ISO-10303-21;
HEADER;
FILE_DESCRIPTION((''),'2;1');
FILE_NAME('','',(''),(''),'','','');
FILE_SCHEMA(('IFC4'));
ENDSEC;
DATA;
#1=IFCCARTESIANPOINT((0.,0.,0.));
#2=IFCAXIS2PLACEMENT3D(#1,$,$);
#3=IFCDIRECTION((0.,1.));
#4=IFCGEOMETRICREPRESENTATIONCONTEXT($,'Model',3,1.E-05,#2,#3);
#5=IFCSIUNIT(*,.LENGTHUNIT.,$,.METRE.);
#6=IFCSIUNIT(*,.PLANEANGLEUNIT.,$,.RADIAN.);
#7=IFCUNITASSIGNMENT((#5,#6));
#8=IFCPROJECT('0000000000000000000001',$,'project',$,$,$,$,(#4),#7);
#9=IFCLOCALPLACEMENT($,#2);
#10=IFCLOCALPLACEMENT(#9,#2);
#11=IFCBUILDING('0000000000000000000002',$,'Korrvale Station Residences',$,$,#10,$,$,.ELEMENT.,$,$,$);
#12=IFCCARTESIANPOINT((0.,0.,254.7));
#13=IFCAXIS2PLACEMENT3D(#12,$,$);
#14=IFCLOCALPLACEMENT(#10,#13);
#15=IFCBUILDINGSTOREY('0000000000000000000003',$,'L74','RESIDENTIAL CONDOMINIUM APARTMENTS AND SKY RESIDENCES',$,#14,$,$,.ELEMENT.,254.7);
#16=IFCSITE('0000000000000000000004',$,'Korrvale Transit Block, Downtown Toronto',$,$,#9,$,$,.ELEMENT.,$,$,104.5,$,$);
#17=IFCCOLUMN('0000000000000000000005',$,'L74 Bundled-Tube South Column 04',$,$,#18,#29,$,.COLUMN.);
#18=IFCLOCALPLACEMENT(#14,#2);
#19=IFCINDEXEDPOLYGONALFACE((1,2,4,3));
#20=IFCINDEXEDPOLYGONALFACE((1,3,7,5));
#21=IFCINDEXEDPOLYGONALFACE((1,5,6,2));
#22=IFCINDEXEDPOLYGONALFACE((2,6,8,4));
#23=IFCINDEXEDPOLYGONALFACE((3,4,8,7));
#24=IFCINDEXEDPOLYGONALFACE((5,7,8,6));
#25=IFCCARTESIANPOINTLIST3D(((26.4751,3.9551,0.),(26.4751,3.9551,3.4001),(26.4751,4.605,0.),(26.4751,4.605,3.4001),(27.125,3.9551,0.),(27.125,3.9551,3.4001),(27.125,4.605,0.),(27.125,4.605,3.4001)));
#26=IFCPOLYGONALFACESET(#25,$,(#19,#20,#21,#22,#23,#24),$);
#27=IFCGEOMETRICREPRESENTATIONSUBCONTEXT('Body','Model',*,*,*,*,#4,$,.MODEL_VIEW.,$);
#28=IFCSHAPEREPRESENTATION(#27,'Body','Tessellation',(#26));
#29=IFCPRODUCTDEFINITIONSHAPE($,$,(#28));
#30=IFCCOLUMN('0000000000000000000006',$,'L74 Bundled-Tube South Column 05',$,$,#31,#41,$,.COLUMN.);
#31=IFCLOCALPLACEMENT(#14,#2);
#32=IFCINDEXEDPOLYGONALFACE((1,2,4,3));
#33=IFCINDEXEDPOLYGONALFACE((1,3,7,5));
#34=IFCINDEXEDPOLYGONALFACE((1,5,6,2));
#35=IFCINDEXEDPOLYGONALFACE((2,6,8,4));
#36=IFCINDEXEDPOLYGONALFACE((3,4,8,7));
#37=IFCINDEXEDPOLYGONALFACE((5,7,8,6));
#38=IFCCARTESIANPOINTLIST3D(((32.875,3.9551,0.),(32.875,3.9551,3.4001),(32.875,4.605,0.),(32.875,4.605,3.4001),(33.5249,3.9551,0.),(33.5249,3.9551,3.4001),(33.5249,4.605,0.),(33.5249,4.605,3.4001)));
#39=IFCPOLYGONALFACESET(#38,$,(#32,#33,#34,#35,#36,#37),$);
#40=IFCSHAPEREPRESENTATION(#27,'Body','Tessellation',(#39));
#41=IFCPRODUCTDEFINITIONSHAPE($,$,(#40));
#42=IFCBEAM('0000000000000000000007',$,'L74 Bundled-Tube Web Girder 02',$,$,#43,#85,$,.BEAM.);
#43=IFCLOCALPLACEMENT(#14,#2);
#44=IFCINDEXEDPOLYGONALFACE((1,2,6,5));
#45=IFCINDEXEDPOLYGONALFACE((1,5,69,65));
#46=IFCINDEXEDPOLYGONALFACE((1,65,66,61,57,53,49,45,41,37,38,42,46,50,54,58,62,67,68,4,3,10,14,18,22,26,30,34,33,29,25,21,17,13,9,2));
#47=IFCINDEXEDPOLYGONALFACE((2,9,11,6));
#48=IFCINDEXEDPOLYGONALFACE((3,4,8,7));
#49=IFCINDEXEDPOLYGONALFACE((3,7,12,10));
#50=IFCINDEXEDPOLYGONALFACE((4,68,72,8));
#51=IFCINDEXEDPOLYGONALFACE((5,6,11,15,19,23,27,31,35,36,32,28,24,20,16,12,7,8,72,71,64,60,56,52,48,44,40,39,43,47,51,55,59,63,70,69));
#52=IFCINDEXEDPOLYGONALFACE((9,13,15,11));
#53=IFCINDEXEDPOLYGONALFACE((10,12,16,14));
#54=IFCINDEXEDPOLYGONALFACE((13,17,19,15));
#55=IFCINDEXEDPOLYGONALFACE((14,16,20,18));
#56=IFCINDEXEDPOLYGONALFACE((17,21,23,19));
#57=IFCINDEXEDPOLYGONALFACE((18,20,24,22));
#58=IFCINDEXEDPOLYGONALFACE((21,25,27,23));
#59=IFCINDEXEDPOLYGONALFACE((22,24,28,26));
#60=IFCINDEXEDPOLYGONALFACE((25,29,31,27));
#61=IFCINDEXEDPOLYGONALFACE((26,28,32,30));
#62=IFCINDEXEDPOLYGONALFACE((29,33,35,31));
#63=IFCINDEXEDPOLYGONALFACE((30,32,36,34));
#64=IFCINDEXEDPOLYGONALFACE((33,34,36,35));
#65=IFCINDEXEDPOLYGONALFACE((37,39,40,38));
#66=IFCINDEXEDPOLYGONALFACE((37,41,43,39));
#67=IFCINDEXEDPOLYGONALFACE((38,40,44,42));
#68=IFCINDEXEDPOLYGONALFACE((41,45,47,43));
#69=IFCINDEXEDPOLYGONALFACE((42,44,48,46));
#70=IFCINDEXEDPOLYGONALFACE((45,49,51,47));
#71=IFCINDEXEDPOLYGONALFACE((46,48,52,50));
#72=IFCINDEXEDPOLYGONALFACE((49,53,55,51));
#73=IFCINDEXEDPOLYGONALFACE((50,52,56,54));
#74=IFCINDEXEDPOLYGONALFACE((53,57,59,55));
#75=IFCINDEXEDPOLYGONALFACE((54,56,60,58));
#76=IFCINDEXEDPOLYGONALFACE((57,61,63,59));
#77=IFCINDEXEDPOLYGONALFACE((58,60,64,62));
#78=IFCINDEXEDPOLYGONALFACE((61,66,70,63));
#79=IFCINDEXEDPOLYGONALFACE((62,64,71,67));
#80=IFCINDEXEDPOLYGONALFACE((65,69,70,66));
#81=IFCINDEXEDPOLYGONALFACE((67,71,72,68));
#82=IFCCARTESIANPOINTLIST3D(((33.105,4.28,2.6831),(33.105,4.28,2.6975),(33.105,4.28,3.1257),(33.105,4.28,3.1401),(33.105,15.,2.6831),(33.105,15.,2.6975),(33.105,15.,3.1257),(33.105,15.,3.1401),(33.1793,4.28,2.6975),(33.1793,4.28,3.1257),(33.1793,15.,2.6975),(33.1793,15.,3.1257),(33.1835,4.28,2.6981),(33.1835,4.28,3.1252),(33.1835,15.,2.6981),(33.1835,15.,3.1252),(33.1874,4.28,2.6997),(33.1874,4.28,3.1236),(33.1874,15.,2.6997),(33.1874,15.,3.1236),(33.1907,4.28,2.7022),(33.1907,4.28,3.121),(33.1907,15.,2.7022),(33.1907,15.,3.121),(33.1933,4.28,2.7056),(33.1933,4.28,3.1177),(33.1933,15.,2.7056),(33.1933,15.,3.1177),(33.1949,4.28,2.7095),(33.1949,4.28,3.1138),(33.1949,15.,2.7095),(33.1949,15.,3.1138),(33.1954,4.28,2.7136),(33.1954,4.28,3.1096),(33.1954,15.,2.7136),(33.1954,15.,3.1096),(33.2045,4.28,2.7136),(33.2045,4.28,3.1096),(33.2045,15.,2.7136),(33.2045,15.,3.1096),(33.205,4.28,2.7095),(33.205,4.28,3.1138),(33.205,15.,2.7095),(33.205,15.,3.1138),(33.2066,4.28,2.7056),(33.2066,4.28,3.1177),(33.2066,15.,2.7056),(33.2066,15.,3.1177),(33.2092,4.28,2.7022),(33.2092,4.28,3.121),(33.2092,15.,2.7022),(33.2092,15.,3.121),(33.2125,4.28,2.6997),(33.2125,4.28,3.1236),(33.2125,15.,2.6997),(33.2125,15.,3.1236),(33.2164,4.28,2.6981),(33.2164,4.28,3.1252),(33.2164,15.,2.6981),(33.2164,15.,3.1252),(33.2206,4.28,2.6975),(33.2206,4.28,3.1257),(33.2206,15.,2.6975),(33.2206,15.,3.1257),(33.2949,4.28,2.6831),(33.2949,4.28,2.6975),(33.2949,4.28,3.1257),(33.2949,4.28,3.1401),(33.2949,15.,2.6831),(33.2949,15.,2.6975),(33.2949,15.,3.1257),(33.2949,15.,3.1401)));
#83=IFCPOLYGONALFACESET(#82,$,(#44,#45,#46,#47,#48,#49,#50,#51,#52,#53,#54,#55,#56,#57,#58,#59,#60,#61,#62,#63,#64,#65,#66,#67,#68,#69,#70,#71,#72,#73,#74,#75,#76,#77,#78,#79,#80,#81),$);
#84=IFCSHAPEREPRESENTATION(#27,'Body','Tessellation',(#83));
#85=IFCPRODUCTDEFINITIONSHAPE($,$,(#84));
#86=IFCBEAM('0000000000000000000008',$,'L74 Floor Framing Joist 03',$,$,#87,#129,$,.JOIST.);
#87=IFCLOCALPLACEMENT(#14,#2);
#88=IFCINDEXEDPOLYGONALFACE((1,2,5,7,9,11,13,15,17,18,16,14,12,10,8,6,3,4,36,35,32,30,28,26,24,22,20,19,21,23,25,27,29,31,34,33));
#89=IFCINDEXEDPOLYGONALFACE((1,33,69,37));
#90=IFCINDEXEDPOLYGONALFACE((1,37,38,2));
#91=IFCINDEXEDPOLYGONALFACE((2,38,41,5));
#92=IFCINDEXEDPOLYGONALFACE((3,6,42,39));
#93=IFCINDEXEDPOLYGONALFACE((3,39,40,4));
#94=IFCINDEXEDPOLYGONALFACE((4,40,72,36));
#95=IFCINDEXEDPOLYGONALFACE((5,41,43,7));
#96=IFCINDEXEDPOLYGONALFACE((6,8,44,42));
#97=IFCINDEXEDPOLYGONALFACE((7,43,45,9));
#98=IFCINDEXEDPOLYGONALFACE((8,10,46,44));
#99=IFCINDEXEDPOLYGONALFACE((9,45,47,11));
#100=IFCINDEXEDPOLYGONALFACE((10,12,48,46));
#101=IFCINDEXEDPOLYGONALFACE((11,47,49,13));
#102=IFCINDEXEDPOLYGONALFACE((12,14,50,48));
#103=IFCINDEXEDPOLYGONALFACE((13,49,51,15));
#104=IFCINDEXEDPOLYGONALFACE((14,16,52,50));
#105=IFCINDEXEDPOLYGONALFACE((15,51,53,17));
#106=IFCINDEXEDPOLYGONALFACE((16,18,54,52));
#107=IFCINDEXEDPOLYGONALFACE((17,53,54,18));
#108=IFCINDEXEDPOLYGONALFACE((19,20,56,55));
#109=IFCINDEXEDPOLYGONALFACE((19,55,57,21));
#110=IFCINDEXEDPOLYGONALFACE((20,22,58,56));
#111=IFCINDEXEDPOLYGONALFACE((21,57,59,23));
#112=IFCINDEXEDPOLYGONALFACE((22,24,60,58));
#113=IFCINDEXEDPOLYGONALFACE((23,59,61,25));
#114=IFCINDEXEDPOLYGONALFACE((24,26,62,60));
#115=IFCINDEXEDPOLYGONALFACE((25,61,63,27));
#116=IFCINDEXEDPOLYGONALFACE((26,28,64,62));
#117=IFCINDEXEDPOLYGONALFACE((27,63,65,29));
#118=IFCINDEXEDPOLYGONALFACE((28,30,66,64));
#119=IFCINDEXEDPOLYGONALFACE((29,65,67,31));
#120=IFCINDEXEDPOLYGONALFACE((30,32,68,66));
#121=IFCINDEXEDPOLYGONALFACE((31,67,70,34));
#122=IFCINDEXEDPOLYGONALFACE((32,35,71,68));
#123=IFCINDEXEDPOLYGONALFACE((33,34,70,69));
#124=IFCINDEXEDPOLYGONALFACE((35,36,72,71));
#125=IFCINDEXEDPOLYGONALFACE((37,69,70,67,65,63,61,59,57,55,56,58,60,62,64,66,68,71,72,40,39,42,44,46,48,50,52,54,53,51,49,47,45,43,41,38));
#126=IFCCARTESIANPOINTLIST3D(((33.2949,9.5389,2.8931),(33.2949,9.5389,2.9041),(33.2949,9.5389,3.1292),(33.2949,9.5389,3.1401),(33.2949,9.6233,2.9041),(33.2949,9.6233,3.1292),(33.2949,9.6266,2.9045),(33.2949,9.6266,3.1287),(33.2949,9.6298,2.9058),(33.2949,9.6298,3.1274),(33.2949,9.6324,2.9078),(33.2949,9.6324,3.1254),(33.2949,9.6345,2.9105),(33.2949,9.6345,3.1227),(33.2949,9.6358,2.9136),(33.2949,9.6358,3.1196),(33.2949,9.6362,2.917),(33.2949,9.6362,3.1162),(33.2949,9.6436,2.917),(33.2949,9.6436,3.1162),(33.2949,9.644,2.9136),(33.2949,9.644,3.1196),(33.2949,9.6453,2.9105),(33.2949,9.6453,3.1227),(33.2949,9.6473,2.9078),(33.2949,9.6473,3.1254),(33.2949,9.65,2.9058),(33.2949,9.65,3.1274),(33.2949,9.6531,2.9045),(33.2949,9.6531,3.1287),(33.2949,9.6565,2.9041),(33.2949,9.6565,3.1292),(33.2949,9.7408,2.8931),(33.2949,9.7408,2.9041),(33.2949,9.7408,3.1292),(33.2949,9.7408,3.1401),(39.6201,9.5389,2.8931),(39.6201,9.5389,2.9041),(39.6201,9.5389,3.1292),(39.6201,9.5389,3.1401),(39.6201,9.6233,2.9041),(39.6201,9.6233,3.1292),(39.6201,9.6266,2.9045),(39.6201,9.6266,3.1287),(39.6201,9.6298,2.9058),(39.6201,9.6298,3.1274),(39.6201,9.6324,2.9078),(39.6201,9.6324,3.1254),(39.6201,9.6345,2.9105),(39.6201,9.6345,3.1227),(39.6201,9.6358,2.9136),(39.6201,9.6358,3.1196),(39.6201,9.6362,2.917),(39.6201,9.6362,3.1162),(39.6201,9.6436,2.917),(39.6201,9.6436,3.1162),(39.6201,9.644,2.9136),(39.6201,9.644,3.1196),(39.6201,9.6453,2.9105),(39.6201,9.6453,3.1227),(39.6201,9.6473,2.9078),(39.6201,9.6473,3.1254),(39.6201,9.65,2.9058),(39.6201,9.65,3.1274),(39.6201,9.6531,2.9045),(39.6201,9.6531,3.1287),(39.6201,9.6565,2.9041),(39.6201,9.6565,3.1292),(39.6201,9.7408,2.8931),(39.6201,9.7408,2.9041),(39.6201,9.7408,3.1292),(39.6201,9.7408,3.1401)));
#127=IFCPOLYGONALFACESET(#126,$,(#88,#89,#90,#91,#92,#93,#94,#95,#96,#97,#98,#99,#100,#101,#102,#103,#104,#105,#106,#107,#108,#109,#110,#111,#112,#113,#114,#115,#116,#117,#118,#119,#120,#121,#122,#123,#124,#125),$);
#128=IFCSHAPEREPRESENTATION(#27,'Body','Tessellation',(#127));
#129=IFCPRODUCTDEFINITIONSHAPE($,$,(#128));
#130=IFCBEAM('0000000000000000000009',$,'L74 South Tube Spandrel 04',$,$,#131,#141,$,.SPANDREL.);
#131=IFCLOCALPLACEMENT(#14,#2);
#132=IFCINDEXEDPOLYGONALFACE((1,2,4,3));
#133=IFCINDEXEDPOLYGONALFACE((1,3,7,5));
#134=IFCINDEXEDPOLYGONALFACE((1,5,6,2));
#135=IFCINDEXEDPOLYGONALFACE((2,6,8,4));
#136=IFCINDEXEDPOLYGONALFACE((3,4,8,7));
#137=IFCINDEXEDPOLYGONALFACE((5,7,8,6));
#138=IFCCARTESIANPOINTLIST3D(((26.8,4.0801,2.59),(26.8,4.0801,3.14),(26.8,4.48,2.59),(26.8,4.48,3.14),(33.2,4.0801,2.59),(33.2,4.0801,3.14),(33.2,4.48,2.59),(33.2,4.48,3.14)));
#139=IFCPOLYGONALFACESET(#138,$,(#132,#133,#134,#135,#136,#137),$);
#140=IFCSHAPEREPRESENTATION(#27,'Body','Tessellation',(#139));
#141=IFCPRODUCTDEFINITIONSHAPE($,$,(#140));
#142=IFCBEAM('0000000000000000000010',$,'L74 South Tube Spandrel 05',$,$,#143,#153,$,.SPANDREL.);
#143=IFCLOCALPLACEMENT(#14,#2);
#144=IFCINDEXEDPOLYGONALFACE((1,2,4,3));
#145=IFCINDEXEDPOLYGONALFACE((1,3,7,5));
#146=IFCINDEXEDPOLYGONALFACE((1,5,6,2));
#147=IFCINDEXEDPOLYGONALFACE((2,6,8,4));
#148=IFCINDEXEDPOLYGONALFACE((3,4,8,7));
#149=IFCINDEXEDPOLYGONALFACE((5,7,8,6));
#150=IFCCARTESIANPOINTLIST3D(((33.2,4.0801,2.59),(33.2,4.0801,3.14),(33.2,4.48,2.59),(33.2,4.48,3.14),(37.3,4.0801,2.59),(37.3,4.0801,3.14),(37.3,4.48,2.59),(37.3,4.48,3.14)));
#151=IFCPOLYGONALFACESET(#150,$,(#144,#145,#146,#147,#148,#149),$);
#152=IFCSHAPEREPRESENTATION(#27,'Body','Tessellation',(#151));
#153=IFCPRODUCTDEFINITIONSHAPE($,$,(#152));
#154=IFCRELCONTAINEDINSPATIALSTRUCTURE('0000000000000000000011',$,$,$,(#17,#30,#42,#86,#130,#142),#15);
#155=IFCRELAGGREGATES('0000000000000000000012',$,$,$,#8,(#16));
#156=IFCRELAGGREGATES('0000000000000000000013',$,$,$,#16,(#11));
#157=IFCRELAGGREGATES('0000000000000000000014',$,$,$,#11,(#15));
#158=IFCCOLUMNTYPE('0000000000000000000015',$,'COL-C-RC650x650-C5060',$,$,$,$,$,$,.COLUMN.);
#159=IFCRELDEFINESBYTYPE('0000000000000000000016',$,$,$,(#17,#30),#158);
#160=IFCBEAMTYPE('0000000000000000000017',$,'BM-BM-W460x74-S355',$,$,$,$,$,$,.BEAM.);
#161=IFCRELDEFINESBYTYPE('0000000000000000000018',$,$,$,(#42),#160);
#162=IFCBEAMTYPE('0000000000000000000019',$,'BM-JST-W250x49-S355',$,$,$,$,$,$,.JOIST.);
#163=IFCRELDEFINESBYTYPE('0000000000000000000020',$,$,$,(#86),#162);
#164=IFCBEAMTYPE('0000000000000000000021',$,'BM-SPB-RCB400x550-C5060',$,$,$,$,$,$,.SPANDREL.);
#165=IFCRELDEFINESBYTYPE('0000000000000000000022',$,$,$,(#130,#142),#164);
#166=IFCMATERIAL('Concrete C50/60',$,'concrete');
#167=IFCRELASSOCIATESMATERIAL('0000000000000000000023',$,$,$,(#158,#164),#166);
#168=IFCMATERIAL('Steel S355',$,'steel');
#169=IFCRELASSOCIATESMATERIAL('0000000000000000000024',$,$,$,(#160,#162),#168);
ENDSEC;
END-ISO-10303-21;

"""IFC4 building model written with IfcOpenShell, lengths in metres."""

from ifc_helpers import new_model, si_unit, direction, frame, origin, origin_2d, place, context, subcontext, project, spatial, rectangle, i_section, extrude, material, material_profile, profile_set, type_object, element, save


model = new_model("IFC4")

# Units and contexts
model_context = context("Model", 3, precision=1e-05, world=origin(), true_north=direction((0.0, 1.0)))
body_context = subcontext(model_context, "Body", "Model", "MODEL_VIEW")
ifc_project = project(units=[si_unit("LENGTHUNIT", "METRE"), si_unit("PLANEANGLEUNIT", "RADIAN")], contexts=[model_context])

# Site, building, storey
site_placement = place(None, origin())
site = spatial("IfcSite", under=ifc_project, at=site_placement, Name="Korrvale Transit Block, Downtown Toronto", CompositionType="ELEMENT", RefElevation=104.5)
building_placement = place(site_placement, origin())
building = spatial("IfcBuilding", under=site, at=building_placement, Name="Korrvale Station Residences", CompositionType="ELEMENT")
storey_placement = place(building_placement, frame((0.0, 0.0, 254.7)))
storey = spatial("IfcBuildingStorey", under=building, at=storey_placement, Name="L74", Description="RESIDENTIAL CONDOMINIUM APARTMENTS AND SKY RESIDENCES", CompositionType="ELEMENT", Elevation=254.7)

# Columns
ifc_material_1 = material(Name="Concrete C50/60", Category="concrete")
ifc_material_profile_1 = material_profile(ifc_material_1, rectangle(XDim=0.6499, YDim=0.6499, at=origin_2d()), Name="RC650x650")
ifc_profile_set_1 = profile_set([ifc_material_profile_1], Name="Concrete C50/60")
column_type = type_object("IfcColumnType", Name="COL-C-RC650x650-C5060", PredefinedType="COLUMN", material=ifc_profile_set_1)
for number, where, z_axis, x_axis, name in (
    (1, (26.8, 4.28, 0.0), (0.0, 0.0, 1.0), (1.0, 0.0, 0.0), "L74 Bundled-Tube South Column 04"),
    (2, (33.2, 4.28, 0.0), (0.0, 0.0, 1.0), (1.0, 0.0, 0.0), "L74 Bundled-Tube South Column 05"),
):
    element("IfcColumn", number, at=place(storey_placement, frame(where, z_axis=z_axis, x_axis=x_axis)), inside=storey, type_object=column_type, Name=name, PredefinedType="COLUMN", context=body_context, shape_type="SweptSolid", body=[
        extrude(rectangle(XDim=0.6499, YDim=0.6499, at=origin_2d()), origin(), (0.0, 0.0, 1.0), 3.4001),
    ])

# Beams
ifc_material_2 = material(Name="Steel S355", Category="steel")
ifc_material_profile_2 = material_profile(ifc_material_2, i_section(OverallWidth=0.1899, OverallDepth=0.457, WebThickness=0.009, FlangeThickness=0.0144, FilletRadius=0.0161, at=origin_2d()), Name="W460x74")
ifc_profile_set_2 = profile_set([ifc_material_profile_2], Name="Steel S355")
beam_type_1 = type_object("IfcBeamType", Name="BM-BM-W460x74-S355", PredefinedType="BEAM", material=ifc_profile_set_2)
beam_1_placement = place(storey_placement, frame((33.2, 4.28, 2.9116), z_axis=(0.0, 1.0, 0.0), x_axis=(-1.0, 0.0, 0.0)))
element("IfcBeam", 3, at=beam_1_placement, inside=storey, type_object=beam_type_1, Name="L74 Bundled-Tube Web Girder 02", PredefinedType="BEAM", context=body_context, shape_type="SweptSolid", body=[
    extrude(i_section(OverallWidth=0.1899, OverallDepth=0.457, WebThickness=0.009, FlangeThickness=0.0144, FilletRadius=0.0161, at=origin_2d()), origin(), (0.0, 0.0, 1.0), 10.72),
])
ifc_material_profile_3 = material_profile(ifc_material_2, i_section(OverallWidth=0.2019, OverallDepth=0.2471, WebThickness=0.0073, FlangeThickness=0.011, FilletRadius=0.0129, at=origin_2d()), Name="W250x49")
ifc_profile_set_3 = profile_set([ifc_material_profile_3], Name="Steel S355")
beam_type_2 = type_object("IfcBeamType", Name="BM-JST-W250x49-S355", PredefinedType="JOIST", material=ifc_profile_set_3)
beam_2_placement = place(storey_placement, frame((33.2949, 9.6399, 3.0166), z_axis=(1.0, 0.0, 0.0), x_axis=(0.0, 1.0, 0.0)))
element("IfcBeam", 4, at=beam_2_placement, inside=storey, type_object=beam_type_2, Name="L74 Floor Framing Joist 03", PredefinedType="JOIST", context=body_context, shape_type="SweptSolid", body=[
    extrude(i_section(OverallWidth=0.2019, OverallDepth=0.2471, WebThickness=0.0073, FlangeThickness=0.011, FilletRadius=0.0129, at=origin_2d()), origin(), (0.0, 0.0, 1.0), 6.3252),
])
ifc_material_profile_4 = material_profile(ifc_material_1, rectangle(XDim=0.3999, YDim=0.55, at=origin_2d()), Name="RCB400x550")
ifc_profile_set_4 = profile_set([ifc_material_profile_4], Name="Concrete C50/60")
beam_type_3 = type_object("IfcBeamType", Name="BM-SPB-RCB400x550-C5060", PredefinedType="SPANDREL", material=ifc_profile_set_4)
beam_3_placement = place(storey_placement, frame((26.8, 4.28, 2.865), z_axis=(1.0, 0.0, 0.0), x_axis=(0.0, 1.0, 0.0)))
element("IfcBeam", 5, at=beam_3_placement, inside=storey, type_object=beam_type_3, Name="L74 South Tube Spandrel 04", PredefinedType="SPANDREL", context=body_context, shape_type="SweptSolid", body=[
    extrude(rectangle(XDim=0.3999, YDim=0.55, at=origin_2d()), origin(), (0.0, 0.0, 1.0), 6.3999),
])
beam_4_placement = place(storey_placement, frame((33.2, 4.28, 2.865), z_axis=(1.0, 0.0, 0.0), x_axis=(0.0, 1.0, 0.0)))
element("IfcBeam", 6, at=beam_4_placement, inside=storey, type_object=beam_type_3, Name="L74 South Tube Spandrel 05", PredefinedType="SPANDREL", context=body_context, shape_type="SweptSolid", body=[
    extrude(rectangle(XDim=0.3999, YDim=0.55, at=origin_2d()), origin(), (0.0, 0.0, 1.0), 4.1001),
])

save(model, "model.ifc")
